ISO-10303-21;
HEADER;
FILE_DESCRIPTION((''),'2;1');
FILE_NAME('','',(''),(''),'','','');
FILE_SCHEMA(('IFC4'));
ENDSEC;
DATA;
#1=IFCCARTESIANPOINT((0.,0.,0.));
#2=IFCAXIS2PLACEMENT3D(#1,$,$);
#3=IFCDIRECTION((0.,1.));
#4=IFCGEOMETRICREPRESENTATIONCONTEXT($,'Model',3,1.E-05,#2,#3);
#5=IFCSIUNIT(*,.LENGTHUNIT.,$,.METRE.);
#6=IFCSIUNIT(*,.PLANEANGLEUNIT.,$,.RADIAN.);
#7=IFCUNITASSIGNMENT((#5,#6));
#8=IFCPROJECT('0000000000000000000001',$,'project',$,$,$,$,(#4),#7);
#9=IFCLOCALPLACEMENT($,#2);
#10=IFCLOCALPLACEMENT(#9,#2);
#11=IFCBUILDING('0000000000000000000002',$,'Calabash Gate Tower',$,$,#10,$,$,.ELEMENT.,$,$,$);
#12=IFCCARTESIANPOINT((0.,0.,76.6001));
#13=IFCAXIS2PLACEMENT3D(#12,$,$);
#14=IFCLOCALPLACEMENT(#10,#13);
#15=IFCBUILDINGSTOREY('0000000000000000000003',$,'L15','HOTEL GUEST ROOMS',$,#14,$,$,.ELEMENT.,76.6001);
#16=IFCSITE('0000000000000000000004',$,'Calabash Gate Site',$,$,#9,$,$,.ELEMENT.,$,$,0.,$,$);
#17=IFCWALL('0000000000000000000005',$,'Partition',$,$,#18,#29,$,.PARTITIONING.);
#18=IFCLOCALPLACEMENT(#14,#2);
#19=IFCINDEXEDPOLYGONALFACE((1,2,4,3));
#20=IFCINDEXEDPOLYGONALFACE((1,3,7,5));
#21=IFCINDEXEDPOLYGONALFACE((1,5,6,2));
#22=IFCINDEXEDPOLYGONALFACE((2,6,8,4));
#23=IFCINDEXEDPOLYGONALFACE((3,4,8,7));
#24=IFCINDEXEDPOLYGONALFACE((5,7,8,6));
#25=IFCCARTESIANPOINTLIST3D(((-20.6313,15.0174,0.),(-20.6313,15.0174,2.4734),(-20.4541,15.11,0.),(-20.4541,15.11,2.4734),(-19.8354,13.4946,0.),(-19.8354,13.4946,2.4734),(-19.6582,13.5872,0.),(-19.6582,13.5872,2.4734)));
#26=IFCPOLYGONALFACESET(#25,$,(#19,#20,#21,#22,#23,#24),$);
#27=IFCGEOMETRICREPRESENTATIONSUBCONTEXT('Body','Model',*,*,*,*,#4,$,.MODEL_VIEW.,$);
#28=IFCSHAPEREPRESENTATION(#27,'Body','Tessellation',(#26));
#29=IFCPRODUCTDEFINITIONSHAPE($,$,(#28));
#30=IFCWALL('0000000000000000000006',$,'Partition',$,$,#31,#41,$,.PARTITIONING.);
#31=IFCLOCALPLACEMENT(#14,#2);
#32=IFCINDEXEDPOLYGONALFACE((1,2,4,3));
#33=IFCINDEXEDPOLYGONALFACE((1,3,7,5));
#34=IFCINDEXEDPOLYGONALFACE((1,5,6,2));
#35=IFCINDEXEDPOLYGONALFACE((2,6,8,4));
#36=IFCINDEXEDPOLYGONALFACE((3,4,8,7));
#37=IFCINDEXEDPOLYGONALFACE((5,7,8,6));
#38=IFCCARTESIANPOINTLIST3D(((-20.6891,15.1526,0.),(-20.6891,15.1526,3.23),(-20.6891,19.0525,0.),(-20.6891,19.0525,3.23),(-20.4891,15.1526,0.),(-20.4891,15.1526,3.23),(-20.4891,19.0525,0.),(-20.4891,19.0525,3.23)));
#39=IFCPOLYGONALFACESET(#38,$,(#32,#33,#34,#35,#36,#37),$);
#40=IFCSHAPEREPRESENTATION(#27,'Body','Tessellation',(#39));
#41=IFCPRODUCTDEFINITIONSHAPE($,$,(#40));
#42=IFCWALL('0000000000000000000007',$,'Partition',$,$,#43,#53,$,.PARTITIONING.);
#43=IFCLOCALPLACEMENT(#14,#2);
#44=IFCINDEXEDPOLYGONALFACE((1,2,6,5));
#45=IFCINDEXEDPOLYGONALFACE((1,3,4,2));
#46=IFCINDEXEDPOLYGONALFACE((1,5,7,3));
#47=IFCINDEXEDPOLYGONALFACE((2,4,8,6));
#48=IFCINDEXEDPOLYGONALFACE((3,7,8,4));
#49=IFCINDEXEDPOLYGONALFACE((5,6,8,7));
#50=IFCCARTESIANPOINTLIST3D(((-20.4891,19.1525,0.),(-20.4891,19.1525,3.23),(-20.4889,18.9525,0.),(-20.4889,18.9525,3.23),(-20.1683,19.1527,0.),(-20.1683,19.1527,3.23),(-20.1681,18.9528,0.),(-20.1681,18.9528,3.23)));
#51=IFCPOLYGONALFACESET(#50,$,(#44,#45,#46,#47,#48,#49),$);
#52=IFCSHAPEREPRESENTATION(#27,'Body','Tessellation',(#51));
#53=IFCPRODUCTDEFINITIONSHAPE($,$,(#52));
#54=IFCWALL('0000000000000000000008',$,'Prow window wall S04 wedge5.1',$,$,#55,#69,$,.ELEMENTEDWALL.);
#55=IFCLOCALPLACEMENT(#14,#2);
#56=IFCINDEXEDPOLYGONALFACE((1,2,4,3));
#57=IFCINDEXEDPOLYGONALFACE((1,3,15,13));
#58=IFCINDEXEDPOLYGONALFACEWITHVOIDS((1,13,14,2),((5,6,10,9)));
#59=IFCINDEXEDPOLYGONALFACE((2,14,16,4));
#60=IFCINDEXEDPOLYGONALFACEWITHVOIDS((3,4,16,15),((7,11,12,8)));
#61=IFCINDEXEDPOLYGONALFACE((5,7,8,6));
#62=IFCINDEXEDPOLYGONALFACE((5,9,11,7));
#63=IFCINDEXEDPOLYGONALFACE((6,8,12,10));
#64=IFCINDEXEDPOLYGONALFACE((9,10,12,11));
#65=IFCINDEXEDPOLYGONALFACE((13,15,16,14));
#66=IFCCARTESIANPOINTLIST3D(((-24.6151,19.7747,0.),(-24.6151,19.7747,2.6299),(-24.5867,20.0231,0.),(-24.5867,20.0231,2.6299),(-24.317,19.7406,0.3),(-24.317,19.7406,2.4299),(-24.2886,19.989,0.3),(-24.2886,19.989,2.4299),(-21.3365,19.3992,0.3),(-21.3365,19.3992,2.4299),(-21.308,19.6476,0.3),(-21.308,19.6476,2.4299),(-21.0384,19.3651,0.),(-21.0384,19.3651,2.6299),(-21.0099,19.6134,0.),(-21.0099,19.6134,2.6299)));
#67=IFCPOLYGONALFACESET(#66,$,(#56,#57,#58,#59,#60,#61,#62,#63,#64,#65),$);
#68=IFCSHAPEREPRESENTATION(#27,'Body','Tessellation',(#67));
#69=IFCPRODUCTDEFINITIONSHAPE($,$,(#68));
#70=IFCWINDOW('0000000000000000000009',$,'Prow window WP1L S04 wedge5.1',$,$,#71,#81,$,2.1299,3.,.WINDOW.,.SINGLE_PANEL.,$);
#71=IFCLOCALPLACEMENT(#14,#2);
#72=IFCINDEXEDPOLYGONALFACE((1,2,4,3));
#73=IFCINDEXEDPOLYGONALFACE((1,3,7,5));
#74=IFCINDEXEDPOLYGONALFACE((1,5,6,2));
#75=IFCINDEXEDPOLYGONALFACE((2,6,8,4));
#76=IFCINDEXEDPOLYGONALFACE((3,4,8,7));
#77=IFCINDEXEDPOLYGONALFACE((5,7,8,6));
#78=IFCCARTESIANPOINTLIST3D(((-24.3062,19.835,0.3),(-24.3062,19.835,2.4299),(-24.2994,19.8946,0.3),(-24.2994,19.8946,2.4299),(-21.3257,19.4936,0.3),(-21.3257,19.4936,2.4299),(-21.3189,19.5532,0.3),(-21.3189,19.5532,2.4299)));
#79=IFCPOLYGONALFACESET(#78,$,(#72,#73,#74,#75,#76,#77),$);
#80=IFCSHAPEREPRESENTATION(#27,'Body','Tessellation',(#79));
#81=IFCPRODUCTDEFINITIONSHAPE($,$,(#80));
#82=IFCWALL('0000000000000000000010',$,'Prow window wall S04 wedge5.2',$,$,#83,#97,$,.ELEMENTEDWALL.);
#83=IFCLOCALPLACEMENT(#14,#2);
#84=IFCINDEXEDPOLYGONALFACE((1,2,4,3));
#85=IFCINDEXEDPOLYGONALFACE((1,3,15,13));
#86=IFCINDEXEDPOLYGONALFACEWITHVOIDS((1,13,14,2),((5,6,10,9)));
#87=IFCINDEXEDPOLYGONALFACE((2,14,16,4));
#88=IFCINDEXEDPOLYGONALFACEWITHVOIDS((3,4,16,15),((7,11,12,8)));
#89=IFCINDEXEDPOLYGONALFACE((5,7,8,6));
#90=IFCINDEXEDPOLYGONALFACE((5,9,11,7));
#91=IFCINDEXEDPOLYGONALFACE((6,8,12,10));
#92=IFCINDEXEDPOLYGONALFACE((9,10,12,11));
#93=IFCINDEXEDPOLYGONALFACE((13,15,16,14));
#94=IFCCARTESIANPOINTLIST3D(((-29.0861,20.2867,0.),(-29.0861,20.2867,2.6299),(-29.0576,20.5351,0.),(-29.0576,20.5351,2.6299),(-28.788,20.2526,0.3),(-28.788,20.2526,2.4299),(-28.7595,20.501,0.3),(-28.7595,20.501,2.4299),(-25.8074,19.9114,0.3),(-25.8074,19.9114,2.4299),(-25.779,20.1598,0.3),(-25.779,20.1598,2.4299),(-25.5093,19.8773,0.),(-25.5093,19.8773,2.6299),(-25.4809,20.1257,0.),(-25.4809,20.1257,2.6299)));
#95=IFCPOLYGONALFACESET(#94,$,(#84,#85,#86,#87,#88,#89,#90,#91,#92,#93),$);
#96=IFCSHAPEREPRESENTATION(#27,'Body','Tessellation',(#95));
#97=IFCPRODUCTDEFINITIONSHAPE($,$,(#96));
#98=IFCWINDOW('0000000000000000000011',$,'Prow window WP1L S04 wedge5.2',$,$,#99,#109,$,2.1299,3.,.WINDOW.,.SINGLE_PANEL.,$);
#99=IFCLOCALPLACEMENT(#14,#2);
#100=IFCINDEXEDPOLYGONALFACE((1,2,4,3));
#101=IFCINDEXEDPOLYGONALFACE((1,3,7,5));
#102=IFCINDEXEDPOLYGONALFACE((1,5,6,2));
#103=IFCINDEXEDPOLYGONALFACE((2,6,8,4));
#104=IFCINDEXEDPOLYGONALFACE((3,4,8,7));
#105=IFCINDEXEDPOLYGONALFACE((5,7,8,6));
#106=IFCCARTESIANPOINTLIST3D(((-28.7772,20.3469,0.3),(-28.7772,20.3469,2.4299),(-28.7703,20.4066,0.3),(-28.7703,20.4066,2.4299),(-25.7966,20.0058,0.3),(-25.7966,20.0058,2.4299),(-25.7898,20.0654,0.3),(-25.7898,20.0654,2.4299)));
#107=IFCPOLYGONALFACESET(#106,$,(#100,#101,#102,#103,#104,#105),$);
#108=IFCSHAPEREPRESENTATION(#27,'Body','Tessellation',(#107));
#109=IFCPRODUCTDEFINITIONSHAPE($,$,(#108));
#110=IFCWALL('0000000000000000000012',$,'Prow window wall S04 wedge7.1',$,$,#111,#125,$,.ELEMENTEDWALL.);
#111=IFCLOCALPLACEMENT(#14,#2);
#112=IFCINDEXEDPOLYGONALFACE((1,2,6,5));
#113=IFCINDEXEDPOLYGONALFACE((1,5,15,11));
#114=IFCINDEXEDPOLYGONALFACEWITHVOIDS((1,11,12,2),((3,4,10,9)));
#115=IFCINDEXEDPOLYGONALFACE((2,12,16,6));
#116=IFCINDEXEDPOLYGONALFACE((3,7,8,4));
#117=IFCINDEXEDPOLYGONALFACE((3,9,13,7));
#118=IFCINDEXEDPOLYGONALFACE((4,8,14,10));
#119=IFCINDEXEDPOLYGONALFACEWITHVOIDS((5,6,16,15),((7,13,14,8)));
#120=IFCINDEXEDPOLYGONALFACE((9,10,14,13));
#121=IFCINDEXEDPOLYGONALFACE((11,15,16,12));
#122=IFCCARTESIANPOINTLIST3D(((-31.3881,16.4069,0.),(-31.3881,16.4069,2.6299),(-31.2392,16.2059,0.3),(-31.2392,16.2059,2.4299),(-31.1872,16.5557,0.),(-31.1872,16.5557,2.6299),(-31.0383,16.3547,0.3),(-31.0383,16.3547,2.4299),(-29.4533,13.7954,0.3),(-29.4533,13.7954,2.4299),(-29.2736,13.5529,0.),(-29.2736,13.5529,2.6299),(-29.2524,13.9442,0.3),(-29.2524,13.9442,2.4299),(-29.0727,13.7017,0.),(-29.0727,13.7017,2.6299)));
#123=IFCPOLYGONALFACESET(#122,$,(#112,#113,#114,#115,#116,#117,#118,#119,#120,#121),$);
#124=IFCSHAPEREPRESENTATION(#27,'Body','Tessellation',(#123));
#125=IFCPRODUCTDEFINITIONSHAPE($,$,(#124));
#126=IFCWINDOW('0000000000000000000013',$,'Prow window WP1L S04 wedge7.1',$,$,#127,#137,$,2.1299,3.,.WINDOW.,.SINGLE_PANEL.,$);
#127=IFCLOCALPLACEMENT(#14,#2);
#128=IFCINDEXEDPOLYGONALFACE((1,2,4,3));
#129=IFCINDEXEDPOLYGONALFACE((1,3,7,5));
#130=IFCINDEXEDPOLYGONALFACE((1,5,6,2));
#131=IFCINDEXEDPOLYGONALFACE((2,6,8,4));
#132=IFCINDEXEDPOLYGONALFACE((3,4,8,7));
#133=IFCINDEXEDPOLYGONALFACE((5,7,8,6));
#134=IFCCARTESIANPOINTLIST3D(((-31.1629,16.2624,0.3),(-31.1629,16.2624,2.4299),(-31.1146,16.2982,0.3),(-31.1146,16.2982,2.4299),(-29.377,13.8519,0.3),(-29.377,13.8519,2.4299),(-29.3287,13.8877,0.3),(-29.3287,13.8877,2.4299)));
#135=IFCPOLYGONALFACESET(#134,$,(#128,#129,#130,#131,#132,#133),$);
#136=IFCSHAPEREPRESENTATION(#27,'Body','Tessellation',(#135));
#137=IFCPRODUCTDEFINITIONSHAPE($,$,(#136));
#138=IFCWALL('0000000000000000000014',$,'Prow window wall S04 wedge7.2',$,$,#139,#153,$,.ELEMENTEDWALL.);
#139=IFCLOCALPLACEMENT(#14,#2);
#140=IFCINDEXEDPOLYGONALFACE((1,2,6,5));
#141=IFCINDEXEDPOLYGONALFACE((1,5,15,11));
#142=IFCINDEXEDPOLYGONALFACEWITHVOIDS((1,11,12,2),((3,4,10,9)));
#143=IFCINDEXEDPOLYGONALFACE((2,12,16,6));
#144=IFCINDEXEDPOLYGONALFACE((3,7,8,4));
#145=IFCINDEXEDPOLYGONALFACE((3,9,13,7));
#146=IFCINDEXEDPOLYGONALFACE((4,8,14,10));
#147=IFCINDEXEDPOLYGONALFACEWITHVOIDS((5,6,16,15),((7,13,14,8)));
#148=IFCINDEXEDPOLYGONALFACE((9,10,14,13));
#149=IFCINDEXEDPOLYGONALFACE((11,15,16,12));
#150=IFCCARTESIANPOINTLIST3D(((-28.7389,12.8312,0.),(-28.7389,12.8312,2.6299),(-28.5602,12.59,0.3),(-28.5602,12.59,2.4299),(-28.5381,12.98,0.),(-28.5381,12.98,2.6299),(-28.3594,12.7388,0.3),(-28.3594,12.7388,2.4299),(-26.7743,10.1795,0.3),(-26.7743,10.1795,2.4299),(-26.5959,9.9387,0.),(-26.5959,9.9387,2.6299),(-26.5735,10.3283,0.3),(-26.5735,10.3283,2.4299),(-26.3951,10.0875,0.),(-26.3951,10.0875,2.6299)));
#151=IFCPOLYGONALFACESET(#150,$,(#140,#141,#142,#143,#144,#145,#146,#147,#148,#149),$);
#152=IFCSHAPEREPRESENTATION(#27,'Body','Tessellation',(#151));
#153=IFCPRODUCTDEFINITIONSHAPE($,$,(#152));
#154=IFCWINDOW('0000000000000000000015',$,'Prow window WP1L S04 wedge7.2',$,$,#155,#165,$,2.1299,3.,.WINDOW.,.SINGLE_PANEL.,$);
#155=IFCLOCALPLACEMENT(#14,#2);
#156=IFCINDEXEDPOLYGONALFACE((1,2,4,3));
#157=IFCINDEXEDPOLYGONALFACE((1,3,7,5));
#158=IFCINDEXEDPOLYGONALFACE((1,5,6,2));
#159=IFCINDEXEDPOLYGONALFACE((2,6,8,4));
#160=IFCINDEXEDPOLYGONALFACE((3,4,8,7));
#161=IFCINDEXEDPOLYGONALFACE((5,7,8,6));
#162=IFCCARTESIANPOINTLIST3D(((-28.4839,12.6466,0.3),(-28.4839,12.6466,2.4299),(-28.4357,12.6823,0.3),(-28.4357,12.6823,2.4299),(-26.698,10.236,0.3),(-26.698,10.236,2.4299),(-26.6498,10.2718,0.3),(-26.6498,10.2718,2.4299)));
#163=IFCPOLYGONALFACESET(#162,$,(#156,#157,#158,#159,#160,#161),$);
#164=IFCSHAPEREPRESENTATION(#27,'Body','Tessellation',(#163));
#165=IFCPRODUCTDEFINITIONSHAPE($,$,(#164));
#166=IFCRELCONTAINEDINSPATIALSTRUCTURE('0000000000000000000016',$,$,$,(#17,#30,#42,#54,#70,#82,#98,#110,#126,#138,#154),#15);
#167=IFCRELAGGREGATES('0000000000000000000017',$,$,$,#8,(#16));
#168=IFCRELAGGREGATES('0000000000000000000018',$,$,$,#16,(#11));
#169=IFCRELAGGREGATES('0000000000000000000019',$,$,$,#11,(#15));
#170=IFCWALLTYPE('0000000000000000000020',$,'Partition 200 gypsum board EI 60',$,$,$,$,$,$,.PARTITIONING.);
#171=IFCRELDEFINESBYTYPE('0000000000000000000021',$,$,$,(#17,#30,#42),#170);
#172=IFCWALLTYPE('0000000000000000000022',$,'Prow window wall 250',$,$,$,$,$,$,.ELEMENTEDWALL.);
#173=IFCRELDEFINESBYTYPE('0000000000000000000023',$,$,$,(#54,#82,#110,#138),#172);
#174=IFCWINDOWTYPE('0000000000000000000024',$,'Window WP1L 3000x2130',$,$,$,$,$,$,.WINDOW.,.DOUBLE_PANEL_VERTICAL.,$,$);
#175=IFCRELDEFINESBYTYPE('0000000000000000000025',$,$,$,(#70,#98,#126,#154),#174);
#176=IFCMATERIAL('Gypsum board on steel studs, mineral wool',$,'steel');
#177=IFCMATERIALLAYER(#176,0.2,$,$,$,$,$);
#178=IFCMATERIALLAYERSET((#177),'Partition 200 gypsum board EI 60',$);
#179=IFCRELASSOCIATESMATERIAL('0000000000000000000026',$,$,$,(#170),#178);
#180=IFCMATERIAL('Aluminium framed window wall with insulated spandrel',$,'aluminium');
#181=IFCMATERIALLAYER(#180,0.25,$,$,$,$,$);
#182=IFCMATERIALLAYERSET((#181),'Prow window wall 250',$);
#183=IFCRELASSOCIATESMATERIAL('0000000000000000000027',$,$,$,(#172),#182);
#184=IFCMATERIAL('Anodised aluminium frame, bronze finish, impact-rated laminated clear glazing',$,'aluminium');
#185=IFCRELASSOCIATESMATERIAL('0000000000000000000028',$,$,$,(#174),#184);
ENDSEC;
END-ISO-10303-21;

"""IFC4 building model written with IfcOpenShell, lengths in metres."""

from ifc_helpers import new_model, si_unit, direction, frame, frame_2d, origin, place, context, subcontext, project, spatial, rectangle, extrude, material, layer, layer_set, type_object, element, fill, save


model = new_model("IFC4")

# Units and contexts
model_context = context("Model", 3, precision=1e-05, world=origin(), true_north=direction((0.0, 1.0)))
body_context = subcontext(model_context, "Body", "Model", "MODEL_VIEW")
ifc_project = project(units=[si_unit("LENGTHUNIT", "METRE"), si_unit("PLANEANGLEUNIT", "RADIAN")], contexts=[model_context])

# Site, building, storey
site_placement = place(None, origin())
site = spatial("IfcSite", under=ifc_project, at=site_placement, Name="Calabash Gate Site", CompositionType="ELEMENT", RefElevation=0.0)
building_placement = place(site_placement, origin())
building = spatial("IfcBuilding", under=site, at=building_placement, Name="Calabash Gate Tower", CompositionType="ELEMENT")
storey_placement = place(building_placement, frame((0.0, 0.0, 76.6001)))
storey = spatial("IfcBuildingStorey", under=building, at=storey_placement, Name="L15", Description="HOTEL GUEST ROOMS", CompositionType="ELEMENT", Elevation=76.6001)

# Walls
ifc_material_1 = material(Name="Gypsum board on steel studs, mineral wool", Category="steel")
ifc_layer_1 = layer(ifc_material_1, 0.2)
ifc_layer_set_1 = layer_set([ifc_layer_1], Name="Partition 200 gypsum board EI 60")
wall_type_1 = type_object("IfcWallType", Name="Partition 200 gypsum board EI 60", PredefinedType="PARTITIONING", material=ifc_layer_set_1)
wall_1_placement = place(storey_placement, frame((-20.5427, 15.0637, 0.0), z_axis=(0.0, 0.0, 1.0), x_axis=(0.463226, -0.88624, 0.0)))
element("IfcWall", 1, at=wall_1_placement, inside=storey, type_object=wall_type_1, Name="Partition", PredefinedType="PARTITIONING", context=body_context, shape_type="SweptSolid", body=[
    extrude(rectangle(XDim=1.7183, YDim=0.2, at=frame_2d((0.8591, 0.0))), origin(), (0.0, 0.0, 1.0), 2.4734),
])
wall_2_placement = place(storey_placement, frame((-20.5891, 19.0525, 0.0), z_axis=(0.0, 0.0, 1.0), x_axis=(0.0, -1.0, 0.0)))
element("IfcWall", 2, at=wall_2_placement, inside=storey, type_object=wall_type_1, Name="Partition", PredefinedType="PARTITIONING", context=body_context, shape_type="SweptSolid", body=[
    extrude(rectangle(XDim=3.8999, YDim=0.2, at=frame_2d((1.95, 0.0))), origin(), (0.0, 0.0, 1.0), 3.23),
])
wall_3_placement = place(storey_placement, frame((-20.489, 19.0525, 0.0), z_axis=(0.0, 0.0, 1.0), x_axis=(1.0, 0.000761, 0.0)))
element("IfcWall", 3, at=wall_3_placement, inside=storey, type_object=wall_type_1, Name="Partition", PredefinedType="PARTITIONING", context=body_context, shape_type="SweptSolid", body=[
    extrude(rectangle(XDim=0.3208, YDim=0.2, at=frame_2d((0.1604, 0.0))), origin(), (0.0, 0.0, 1.0), 3.23),
])

# Walls, openings, windows
ifc_material_2 = material(Name="Aluminium framed window wall with insulated spandrel", Category="aluminium")
ifc_layer_2 = layer(ifc_material_2, 0.25)
ifc_layer_set_2 = layer_set([ifc_layer_2], Name="Prow window wall 250")
wall_type_2 = type_object("IfcWallType", Name="Prow window wall 250", PredefinedType="ELEMENTEDWALL", material=ifc_layer_set_2)
wall_4_placement = place(storey_placement, frame((-21.0242, 19.4893, 0.0), z_axis=(0.0, 0.0, 1.0), x_axis=(-0.993504, 0.113795, 0.0)))
wall_4 = element("IfcWall", 4, at=wall_4_placement, inside=storey, type_object=wall_type_2, Name="Prow window wall S04 wedge5.1", PredefinedType="ELEMENTEDWALL", context=body_context, shape_type="SweptSolid", body=[
    extrude(rectangle(XDim=3.6001, YDim=0.25, at=frame_2d((1.8, 0.0))), origin(), (0.0, 0.0, 1.0), 2.6299),
])
opening_1_placement = place(wall_4_placement, frame((0.3, 0.0, 0.3)))
opening_1 = element("IfcOpeningElement", 5, at=opening_1_placement, cuts=wall_4, PredefinedType="OPENING", context=body_context, shape_type="SweptSolid", body=[
    extrude(rectangle(XDim=3.0, YDim=2.1299, at=frame_2d((1.5, 1.0649))), frame((0.0, 0.135, 0.0), z_axis=(0.0, -1.0, 0.0), x_axis=(1.0, 0.0, 0.0)), (0.0, 0.0, 1.0), 0.27),
])
ifc_material_3 = material(Name="Anodised aluminium frame, bronze finish, impact-rated laminated clear glazing", Category="aluminium")
window_type = type_object("IfcWindowType", Name="Window WP1L 3000x2130", PartitioningType="DOUBLE_PANEL_VERTICAL", PredefinedType="WINDOW", material=ifc_material_3)
window_1_placement = place(opening_1_placement, origin())
window_1 = element("IfcWindow", 6, at=window_1_placement, inside=storey, type_object=window_type, Name="Prow window WP1L S04 wedge5.1", OverallHeight=2.1299, OverallWidth=3.0, PartitioningType="SINGLE_PANEL", PredefinedType="WINDOW", context=body_context, shape_type="SweptSolid", body=[
    extrude(rectangle(XDim=3.0, YDim=2.1299, at=frame_2d((1.5, 1.0649))), frame((0.0, 0.03, 0.0), z_axis=(0.0, -1.0, 0.0), x_axis=(1.0, 0.0, 0.0)), (0.0, 0.0, 1.0), 0.0601),
])
fill(opening_1, window_1)
wall_5_placement = place(storey_placement, frame((-25.4951, 20.0015, 0.0), z_axis=(0.0, 0.0, 1.0), x_axis=(-0.993512, 0.113728, 0.0)))
wall_5 = element("IfcWall", 7, at=wall_5_placement, inside=storey, type_object=wall_type_2, Name="Prow window wall S04 wedge5.2", PredefinedType="ELEMENTEDWALL", context=body_context, shape_type="SweptSolid", body=[
    extrude(rectangle(XDim=3.6001, YDim=0.25, at=frame_2d((1.8, 0.0))), origin(), (0.0, 0.0, 1.0), 2.6299),
])
opening_2_placement = place(wall_5_placement, frame((0.3, 0.0, 0.3)))
opening_2 = element("IfcOpeningElement", 8, at=opening_2_placement, cuts=wall_5, PredefinedType="OPENING", context=body_context, shape_type="SweptSolid", body=[
    extrude(rectangle(XDim=3.0, YDim=2.1299, at=frame_2d((1.5, 1.0649))), frame((0.0, 0.135, 0.0), z_axis=(0.0, -1.0, 0.0), x_axis=(1.0, 0.0, 0.0)), (0.0, 0.0, 1.0), 0.27),
])
window_2_placement = place(opening_2_placement, origin())
window_2 = element("IfcWindow", 9, at=window_2_placement, inside=storey, type_object=window_type, Name="Prow window WP1L S04 wedge5.2", OverallHeight=2.1299, OverallWidth=3.0, PartitioningType="SINGLE_PANEL", PredefinedType="WINDOW", context=body_context, shape_type="SweptSolid", body=[
    extrude(rectangle(XDim=3.0, YDim=2.1299, at=frame_2d((1.5, 1.0649))), frame((0.0, 0.03, 0.0), z_axis=(0.0, -1.0, 0.0), x_axis=(1.0, 0.0, 0.0)), (0.0, 0.0, 1.0), 0.0601),
])
fill(opening_2, window_2)
wall_6_placement = place(storey_placement, frame((-31.2876, 16.4812, 0.0), z_axis=(0.0, 0.0, 1.0), x_axis=(0.595305, -0.8035, 0.0)))
wall_6 = element("IfcWall", 10, at=wall_6_placement, inside=storey, type_object=wall_type_2, Name="Prow window wall S04 wedge7.1", PredefinedType="ELEMENTEDWALL", context=body_context, shape_type="SweptSolid", body=[
    extrude(rectangle(XDim=3.552, YDim=0.25, at=frame_2d((1.7759, 0.0))), origin(), (0.0, 0.0, 1.0), 2.6299),
])
opening_3_placement = place(wall_6_placement, frame((0.25, 0.0, 0.3)))
opening_3 = element("IfcOpeningElement", 11, at=opening_3_placement, cuts=wall_6, PredefinedType="OPENING", context=body_context, shape_type="SweptSolid", body=[
    extrude(rectangle(XDim=3.0, YDim=2.1299, at=frame_2d((1.5, 1.0649))), frame((0.0, 0.135, 0.0), z_axis=(0.0, -1.0, 0.0), x_axis=(1.0, 0.0, 0.0)), (0.0, 0.0, 1.0), 0.27),
])
window_3_placement = place(opening_3_placement, origin())
window_3 = element("IfcWindow", 12, at=window_3_placement, inside=storey, type_object=window_type, Name="Prow window WP1L S04 wedge7.1", OverallHeight=2.1299, OverallWidth=3.0, PartitioningType="SINGLE_PANEL", PredefinedType="WINDOW", context=body_context, shape_type="SweptSolid", body=[
    extrude(rectangle(XDim=3.0, YDim=2.1299, at=frame_2d((1.5, 1.0649))), frame((0.0, 0.03, 0.0), z_axis=(0.0, -1.0, 0.0), x_axis=(1.0, 0.0, 0.0)), (0.0, 0.0, 1.0), 0.0601),
])
fill(opening_3, window_3)
wall_7_placement = place(storey_placement, frame((-28.6384, 12.9055, 0.0), z_axis=(0.0, 0.0, 1.0), x_axis=(0.595302, -0.803502, 0.0)))
wall_7 = element("IfcWall", 13, at=wall_7_placement, inside=storey, type_object=wall_type_2, Name="Prow window wall S04 wedge7.2", PredefinedType="ELEMENTEDWALL", context=body_context, shape_type="SweptSolid", body=[
    extrude(rectangle(XDim=3.5999, YDim=0.25, at=frame_2d((1.7998, 0.0))), origin(), (0.0, 0.0, 1.0), 2.6299),
])
opening_4_placement = place(wall_7_placement, frame((0.3, 0.0, 0.3)))
opening_4 = element("IfcOpeningElement", 14, at=opening_4_placement, cuts=wall_7, PredefinedType="OPENING", context=body_context, shape_type="SweptSolid", body=[
    extrude(rectangle(XDim=3.0, YDim=2.1299, at=frame_2d((1.5, 1.0649))), frame((0.0, 0.135, 0.0), z_axis=(0.0, -1.0, 0.0), x_axis=(1.0, 0.0, 0.0)), (0.0, 0.0, 1.0), 0.27),
])
window_4_placement = place(opening_4_placement, origin())
window_4 = element("IfcWindow", 15, at=window_4_placement, inside=storey, type_object=window_type, Name="Prow window WP1L S04 wedge7.2", OverallHeight=2.1299, OverallWidth=3.0, PartitioningType="SINGLE_PANEL", PredefinedType="WINDOW", context=body_context, shape_type="SweptSolid", body=[
    extrude(rectangle(XDim=3.0, YDim=2.1299, at=frame_2d((1.5, 1.0649))), frame((0.0, 0.03, 0.0), z_axis=(0.0, -1.0, 0.0), x_axis=(1.0, 0.0, 0.0)), (0.0, 0.0, 1.0), 0.0601),
])
fill(opening_4, window_4)

save(model, "model.ifc")
